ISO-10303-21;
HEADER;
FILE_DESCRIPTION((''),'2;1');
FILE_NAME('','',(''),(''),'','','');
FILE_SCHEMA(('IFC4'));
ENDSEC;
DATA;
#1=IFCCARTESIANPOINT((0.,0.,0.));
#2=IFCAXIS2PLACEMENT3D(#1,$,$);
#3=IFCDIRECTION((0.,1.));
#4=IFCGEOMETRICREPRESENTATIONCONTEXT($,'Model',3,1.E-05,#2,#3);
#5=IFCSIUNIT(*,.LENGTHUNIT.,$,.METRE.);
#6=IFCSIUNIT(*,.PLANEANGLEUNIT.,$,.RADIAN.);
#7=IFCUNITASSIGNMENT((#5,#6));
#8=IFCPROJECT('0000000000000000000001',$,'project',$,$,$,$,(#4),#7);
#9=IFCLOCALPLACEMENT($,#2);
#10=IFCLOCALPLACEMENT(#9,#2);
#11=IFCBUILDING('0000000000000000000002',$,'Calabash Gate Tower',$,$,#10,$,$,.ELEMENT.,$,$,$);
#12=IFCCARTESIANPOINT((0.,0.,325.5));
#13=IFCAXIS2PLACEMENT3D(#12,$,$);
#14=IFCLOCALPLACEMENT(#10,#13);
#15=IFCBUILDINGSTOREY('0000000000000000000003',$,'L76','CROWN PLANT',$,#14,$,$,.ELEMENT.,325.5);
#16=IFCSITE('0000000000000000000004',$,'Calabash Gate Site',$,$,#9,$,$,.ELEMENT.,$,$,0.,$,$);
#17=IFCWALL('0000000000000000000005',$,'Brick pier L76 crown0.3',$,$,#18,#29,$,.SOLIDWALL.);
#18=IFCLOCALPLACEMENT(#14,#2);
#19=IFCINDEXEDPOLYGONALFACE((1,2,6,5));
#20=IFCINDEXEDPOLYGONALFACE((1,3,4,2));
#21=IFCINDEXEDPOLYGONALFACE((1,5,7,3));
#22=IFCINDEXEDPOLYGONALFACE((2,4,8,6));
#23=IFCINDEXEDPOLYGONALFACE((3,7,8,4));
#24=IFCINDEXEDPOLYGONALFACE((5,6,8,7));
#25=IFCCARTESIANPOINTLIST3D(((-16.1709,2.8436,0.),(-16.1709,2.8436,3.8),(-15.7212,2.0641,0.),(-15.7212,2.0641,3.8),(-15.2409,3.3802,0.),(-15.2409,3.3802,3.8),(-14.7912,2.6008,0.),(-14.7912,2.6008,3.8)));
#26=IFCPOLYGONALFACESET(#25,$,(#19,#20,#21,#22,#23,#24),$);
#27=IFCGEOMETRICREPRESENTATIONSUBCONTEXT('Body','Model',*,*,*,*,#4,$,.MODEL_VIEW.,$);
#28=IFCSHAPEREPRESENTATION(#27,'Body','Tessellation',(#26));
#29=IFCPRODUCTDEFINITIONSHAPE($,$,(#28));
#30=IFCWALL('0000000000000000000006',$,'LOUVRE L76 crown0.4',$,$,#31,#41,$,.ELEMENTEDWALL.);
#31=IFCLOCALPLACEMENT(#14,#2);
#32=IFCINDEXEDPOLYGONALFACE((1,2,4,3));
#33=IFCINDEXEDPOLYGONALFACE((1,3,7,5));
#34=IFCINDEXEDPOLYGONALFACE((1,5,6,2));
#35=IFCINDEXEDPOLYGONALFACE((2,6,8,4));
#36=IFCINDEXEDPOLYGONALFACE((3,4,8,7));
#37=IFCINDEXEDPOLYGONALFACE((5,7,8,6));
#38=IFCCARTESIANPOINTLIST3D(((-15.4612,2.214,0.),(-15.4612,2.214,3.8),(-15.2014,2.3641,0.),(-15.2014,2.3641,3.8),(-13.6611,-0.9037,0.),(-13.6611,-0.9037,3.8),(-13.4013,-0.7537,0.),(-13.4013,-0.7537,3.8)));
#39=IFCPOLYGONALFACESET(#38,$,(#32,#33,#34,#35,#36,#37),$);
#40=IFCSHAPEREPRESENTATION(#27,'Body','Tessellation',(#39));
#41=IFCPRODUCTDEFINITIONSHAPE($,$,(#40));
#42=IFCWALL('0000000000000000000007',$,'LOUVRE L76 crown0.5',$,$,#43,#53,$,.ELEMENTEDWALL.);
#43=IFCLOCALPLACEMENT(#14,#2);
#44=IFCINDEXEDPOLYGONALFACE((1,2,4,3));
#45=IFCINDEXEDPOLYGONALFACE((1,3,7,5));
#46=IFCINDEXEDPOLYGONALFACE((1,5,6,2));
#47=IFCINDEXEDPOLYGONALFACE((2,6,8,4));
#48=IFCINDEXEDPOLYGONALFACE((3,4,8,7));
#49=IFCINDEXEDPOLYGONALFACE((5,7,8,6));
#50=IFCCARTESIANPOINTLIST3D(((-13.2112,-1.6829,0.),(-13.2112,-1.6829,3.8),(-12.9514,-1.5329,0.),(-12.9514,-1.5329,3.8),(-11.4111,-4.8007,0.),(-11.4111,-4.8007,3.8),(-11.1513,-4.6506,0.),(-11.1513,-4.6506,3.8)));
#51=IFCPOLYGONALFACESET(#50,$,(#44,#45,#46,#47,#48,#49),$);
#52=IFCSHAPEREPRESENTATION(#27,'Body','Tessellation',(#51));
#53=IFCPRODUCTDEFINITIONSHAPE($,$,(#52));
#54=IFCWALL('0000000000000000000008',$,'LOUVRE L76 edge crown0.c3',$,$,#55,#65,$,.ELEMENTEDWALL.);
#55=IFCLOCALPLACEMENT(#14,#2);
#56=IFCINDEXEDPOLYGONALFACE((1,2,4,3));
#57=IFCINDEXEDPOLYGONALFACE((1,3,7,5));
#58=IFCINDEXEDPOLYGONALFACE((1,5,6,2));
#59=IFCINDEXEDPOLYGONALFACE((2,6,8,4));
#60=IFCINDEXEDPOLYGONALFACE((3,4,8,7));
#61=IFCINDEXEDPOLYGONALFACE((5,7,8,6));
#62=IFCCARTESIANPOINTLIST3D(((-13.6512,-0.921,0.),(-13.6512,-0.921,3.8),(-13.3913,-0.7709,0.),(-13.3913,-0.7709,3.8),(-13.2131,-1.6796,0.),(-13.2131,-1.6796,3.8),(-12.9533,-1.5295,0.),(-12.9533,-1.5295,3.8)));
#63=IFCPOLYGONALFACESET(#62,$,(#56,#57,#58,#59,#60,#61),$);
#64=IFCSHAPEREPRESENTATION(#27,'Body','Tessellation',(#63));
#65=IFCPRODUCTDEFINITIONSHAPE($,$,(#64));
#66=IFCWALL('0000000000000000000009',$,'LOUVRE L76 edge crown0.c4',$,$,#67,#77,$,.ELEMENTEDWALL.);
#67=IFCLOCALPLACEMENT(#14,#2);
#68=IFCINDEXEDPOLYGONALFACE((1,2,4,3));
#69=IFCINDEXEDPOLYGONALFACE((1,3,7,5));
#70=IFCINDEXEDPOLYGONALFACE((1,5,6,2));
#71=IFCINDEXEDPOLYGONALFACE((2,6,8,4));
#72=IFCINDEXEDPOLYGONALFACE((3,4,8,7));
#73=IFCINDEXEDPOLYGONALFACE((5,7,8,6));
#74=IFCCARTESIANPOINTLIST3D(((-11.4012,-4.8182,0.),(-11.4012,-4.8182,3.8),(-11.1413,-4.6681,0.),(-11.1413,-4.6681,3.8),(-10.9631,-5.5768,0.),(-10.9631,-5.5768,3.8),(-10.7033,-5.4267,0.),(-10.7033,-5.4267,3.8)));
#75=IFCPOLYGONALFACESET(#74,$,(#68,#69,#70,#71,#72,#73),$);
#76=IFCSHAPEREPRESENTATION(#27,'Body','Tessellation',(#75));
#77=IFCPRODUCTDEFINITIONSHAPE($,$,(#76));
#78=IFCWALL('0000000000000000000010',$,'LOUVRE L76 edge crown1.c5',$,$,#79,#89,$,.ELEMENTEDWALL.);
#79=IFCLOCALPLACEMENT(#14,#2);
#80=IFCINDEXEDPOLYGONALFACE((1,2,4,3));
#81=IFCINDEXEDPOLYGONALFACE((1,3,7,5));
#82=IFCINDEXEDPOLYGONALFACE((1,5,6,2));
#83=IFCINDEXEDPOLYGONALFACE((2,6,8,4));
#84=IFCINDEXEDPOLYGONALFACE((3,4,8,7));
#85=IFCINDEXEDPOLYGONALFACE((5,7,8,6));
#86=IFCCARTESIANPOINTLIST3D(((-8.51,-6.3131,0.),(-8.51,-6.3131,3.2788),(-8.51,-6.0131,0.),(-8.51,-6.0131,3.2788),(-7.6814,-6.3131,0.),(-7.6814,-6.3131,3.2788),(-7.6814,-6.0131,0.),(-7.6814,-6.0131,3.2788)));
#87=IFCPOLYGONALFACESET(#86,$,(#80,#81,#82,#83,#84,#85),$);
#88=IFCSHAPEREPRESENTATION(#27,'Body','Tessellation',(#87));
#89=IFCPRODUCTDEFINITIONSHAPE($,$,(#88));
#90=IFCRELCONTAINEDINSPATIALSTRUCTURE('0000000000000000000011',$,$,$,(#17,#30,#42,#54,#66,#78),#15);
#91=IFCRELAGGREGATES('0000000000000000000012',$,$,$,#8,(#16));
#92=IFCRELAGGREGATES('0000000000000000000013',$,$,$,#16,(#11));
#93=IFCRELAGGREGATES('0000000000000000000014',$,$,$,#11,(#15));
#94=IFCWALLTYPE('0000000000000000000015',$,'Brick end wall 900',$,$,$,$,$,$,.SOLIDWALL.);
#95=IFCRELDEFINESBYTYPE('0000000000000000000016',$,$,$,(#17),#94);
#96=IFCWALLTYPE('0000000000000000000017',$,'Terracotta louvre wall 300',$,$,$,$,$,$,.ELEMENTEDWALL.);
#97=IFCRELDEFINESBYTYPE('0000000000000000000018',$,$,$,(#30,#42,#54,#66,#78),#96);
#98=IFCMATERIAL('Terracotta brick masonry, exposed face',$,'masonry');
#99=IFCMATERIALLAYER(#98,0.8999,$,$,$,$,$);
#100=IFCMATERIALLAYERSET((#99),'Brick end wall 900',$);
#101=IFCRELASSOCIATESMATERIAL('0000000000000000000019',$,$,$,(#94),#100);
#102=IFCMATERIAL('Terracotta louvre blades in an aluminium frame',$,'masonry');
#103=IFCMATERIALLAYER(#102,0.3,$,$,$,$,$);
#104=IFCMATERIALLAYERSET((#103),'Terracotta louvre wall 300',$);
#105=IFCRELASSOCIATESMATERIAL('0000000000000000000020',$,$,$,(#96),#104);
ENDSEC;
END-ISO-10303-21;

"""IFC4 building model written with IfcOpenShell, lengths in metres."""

from ifc_helpers import new_model, si_unit, direction, frame, frame_2d, origin, place, context, subcontext, project, spatial, rectangle, extrude, material, layer, layer_set, type_object, element, save


model = new_model("IFC4")

# Units and contexts
model_context = context("Model", 3, precision=1e-05, world=origin(), true_north=direction((0.0, 1.0)))
body_context = subcontext(model_context, "Body", "Model", "MODEL_VIEW")
ifc_project = project(units=[si_unit("LENGTHUNIT", "METRE"), si_unit("PLANEANGLEUNIT", "RADIAN")], contexts=[model_context])

# Site, building, storey
site_placement = place(None, origin())
site = spatial("IfcSite", under=ifc_project, at=site_placement, Name="Calabash Gate Site", CompositionType="ELEMENT", RefElevation=0.0)
building_placement = place(site_placement, origin())
building = spatial("IfcBuilding", under=site, at=building_placement, Name="Calabash Gate Tower", CompositionType="ELEMENT")
storey_placement = place(building_placement, frame((0.0, 0.0, 325.5)))
storey = spatial("IfcBuildingStorey", under=building, at=storey_placement, Name="L76", Description="CROWN PLANT", CompositionType="ELEMENT", Elevation=325.5)

# Walls
ifc_material_1 = material(Name="Terracotta brick masonry, exposed face", Category="masonry")
ifc_layer_1 = layer(ifc_material_1, 0.8999)
ifc_layer_set_1 = layer_set([ifc_layer_1], Name="Brick end wall 900")
wall_type_1 = type_object("IfcWallType", Name="Brick end wall 900", PredefinedType="SOLIDWALL", material=ifc_layer_set_1)
wall_1_placement = place(storey_placement, frame((-15.946, 2.4539, 0.0), z_axis=(0.0, 0.0, 1.0), x_axis=(0.866136, 0.499808, 0.0)))
element("IfcWall", 1, at=wall_1_placement, inside=storey, type_object=wall_type_1, Name="Brick pier L76 crown0.3", PredefinedType="SOLIDWALL", context=body_context, shape_type="SweptSolid", body=[
    extrude(rectangle(XDim=1.0737, YDim=0.8999, at=frame_2d((0.5369, 0.0))), origin(), (0.0, 0.0, 1.0), 3.8),
])
ifc_material_2 = material(Name="Terracotta louvre blades in an aluminium frame", Category="masonry")
ifc_layer_2 = layer(ifc_material_2, 0.3)
ifc_layer_set_2 = layer_set([ifc_layer_2], Name="Terracotta louvre wall 300")
wall_type_2 = type_object("IfcWallType", Name="Terracotta louvre wall 300", PredefinedType="ELEMENTEDWALL", material=ifc_layer_set_2)
for number, where, z_axis, x_axis, name in (
    (2, (-15.3313, 2.2891, 0.0), (0.0, 0.0, 1.0), (0.500012, -0.866018, 0.0), "LOUVRE L76 crown0.4"),
    (3, (-13.0813, -1.6079, 0.0), (0.0, 0.0, 1.0), (0.500012, -0.866018, 0.0), "LOUVRE L76 crown0.5"),
):
    element("IfcWall", number, at=place(storey_placement, frame(where, z_axis=z_axis, x_axis=x_axis)), inside=storey, type_object=wall_type_2, Name=name, PredefinedType="ELEMENTEDWALL", context=body_context, shape_type="SweptSolid", body=[
        extrude(rectangle(XDim=3.6001, YDim=0.3, at=frame_2d((1.8, 0.0))), origin(), (0.0, 0.0, 1.0), 3.8),
    ])
for number, where, z_axis, x_axis, name in (
    (4, (-13.5212, -0.8459, 0.0), (0.0, 0.0, 1.0), (0.500036, -0.866005, 0.0), "LOUVRE L76 edge crown0.c3"),
    (5, (-11.2712, -4.7432, 0.0), (0.0, 0.0, 1.0), (0.500036, -0.866005, 0.0), "LOUVRE L76 edge crown0.c4"),
):
    element("IfcWall", number, at=place(storey_placement, frame(where, z_axis=z_axis, x_axis=x_axis)), inside=storey, type_object=wall_type_2, Name=name, PredefinedType="ELEMENTEDWALL", context=body_context, shape_type="SweptSolid", body=[
        extrude(rectangle(XDim=0.876, YDim=0.3, at=frame_2d((0.438, 0.0))), origin(), (0.0, 0.0, 1.0), 3.8),
    ])
wall_2_placement = place(storey_placement, frame((-8.51, -6.1631, 0.0), z_axis=(0.0, 0.0, 1.0), x_axis=(1.0, 0.0, 0.0)))
element("IfcWall", 6, at=wall_2_placement, inside=storey, type_object=wall_type_2, Name="LOUVRE L76 edge crown1.c5", PredefinedType="ELEMENTEDWALL", context=body_context, shape_type="SweptSolid", body=[
    extrude(rectangle(XDim=0.8286, YDim=0.3, at=frame_2d((0.4143, 0.0))), origin(), (0.0, 0.0, 1.0), 3.2788),
])

save(model, "model.ifc")
